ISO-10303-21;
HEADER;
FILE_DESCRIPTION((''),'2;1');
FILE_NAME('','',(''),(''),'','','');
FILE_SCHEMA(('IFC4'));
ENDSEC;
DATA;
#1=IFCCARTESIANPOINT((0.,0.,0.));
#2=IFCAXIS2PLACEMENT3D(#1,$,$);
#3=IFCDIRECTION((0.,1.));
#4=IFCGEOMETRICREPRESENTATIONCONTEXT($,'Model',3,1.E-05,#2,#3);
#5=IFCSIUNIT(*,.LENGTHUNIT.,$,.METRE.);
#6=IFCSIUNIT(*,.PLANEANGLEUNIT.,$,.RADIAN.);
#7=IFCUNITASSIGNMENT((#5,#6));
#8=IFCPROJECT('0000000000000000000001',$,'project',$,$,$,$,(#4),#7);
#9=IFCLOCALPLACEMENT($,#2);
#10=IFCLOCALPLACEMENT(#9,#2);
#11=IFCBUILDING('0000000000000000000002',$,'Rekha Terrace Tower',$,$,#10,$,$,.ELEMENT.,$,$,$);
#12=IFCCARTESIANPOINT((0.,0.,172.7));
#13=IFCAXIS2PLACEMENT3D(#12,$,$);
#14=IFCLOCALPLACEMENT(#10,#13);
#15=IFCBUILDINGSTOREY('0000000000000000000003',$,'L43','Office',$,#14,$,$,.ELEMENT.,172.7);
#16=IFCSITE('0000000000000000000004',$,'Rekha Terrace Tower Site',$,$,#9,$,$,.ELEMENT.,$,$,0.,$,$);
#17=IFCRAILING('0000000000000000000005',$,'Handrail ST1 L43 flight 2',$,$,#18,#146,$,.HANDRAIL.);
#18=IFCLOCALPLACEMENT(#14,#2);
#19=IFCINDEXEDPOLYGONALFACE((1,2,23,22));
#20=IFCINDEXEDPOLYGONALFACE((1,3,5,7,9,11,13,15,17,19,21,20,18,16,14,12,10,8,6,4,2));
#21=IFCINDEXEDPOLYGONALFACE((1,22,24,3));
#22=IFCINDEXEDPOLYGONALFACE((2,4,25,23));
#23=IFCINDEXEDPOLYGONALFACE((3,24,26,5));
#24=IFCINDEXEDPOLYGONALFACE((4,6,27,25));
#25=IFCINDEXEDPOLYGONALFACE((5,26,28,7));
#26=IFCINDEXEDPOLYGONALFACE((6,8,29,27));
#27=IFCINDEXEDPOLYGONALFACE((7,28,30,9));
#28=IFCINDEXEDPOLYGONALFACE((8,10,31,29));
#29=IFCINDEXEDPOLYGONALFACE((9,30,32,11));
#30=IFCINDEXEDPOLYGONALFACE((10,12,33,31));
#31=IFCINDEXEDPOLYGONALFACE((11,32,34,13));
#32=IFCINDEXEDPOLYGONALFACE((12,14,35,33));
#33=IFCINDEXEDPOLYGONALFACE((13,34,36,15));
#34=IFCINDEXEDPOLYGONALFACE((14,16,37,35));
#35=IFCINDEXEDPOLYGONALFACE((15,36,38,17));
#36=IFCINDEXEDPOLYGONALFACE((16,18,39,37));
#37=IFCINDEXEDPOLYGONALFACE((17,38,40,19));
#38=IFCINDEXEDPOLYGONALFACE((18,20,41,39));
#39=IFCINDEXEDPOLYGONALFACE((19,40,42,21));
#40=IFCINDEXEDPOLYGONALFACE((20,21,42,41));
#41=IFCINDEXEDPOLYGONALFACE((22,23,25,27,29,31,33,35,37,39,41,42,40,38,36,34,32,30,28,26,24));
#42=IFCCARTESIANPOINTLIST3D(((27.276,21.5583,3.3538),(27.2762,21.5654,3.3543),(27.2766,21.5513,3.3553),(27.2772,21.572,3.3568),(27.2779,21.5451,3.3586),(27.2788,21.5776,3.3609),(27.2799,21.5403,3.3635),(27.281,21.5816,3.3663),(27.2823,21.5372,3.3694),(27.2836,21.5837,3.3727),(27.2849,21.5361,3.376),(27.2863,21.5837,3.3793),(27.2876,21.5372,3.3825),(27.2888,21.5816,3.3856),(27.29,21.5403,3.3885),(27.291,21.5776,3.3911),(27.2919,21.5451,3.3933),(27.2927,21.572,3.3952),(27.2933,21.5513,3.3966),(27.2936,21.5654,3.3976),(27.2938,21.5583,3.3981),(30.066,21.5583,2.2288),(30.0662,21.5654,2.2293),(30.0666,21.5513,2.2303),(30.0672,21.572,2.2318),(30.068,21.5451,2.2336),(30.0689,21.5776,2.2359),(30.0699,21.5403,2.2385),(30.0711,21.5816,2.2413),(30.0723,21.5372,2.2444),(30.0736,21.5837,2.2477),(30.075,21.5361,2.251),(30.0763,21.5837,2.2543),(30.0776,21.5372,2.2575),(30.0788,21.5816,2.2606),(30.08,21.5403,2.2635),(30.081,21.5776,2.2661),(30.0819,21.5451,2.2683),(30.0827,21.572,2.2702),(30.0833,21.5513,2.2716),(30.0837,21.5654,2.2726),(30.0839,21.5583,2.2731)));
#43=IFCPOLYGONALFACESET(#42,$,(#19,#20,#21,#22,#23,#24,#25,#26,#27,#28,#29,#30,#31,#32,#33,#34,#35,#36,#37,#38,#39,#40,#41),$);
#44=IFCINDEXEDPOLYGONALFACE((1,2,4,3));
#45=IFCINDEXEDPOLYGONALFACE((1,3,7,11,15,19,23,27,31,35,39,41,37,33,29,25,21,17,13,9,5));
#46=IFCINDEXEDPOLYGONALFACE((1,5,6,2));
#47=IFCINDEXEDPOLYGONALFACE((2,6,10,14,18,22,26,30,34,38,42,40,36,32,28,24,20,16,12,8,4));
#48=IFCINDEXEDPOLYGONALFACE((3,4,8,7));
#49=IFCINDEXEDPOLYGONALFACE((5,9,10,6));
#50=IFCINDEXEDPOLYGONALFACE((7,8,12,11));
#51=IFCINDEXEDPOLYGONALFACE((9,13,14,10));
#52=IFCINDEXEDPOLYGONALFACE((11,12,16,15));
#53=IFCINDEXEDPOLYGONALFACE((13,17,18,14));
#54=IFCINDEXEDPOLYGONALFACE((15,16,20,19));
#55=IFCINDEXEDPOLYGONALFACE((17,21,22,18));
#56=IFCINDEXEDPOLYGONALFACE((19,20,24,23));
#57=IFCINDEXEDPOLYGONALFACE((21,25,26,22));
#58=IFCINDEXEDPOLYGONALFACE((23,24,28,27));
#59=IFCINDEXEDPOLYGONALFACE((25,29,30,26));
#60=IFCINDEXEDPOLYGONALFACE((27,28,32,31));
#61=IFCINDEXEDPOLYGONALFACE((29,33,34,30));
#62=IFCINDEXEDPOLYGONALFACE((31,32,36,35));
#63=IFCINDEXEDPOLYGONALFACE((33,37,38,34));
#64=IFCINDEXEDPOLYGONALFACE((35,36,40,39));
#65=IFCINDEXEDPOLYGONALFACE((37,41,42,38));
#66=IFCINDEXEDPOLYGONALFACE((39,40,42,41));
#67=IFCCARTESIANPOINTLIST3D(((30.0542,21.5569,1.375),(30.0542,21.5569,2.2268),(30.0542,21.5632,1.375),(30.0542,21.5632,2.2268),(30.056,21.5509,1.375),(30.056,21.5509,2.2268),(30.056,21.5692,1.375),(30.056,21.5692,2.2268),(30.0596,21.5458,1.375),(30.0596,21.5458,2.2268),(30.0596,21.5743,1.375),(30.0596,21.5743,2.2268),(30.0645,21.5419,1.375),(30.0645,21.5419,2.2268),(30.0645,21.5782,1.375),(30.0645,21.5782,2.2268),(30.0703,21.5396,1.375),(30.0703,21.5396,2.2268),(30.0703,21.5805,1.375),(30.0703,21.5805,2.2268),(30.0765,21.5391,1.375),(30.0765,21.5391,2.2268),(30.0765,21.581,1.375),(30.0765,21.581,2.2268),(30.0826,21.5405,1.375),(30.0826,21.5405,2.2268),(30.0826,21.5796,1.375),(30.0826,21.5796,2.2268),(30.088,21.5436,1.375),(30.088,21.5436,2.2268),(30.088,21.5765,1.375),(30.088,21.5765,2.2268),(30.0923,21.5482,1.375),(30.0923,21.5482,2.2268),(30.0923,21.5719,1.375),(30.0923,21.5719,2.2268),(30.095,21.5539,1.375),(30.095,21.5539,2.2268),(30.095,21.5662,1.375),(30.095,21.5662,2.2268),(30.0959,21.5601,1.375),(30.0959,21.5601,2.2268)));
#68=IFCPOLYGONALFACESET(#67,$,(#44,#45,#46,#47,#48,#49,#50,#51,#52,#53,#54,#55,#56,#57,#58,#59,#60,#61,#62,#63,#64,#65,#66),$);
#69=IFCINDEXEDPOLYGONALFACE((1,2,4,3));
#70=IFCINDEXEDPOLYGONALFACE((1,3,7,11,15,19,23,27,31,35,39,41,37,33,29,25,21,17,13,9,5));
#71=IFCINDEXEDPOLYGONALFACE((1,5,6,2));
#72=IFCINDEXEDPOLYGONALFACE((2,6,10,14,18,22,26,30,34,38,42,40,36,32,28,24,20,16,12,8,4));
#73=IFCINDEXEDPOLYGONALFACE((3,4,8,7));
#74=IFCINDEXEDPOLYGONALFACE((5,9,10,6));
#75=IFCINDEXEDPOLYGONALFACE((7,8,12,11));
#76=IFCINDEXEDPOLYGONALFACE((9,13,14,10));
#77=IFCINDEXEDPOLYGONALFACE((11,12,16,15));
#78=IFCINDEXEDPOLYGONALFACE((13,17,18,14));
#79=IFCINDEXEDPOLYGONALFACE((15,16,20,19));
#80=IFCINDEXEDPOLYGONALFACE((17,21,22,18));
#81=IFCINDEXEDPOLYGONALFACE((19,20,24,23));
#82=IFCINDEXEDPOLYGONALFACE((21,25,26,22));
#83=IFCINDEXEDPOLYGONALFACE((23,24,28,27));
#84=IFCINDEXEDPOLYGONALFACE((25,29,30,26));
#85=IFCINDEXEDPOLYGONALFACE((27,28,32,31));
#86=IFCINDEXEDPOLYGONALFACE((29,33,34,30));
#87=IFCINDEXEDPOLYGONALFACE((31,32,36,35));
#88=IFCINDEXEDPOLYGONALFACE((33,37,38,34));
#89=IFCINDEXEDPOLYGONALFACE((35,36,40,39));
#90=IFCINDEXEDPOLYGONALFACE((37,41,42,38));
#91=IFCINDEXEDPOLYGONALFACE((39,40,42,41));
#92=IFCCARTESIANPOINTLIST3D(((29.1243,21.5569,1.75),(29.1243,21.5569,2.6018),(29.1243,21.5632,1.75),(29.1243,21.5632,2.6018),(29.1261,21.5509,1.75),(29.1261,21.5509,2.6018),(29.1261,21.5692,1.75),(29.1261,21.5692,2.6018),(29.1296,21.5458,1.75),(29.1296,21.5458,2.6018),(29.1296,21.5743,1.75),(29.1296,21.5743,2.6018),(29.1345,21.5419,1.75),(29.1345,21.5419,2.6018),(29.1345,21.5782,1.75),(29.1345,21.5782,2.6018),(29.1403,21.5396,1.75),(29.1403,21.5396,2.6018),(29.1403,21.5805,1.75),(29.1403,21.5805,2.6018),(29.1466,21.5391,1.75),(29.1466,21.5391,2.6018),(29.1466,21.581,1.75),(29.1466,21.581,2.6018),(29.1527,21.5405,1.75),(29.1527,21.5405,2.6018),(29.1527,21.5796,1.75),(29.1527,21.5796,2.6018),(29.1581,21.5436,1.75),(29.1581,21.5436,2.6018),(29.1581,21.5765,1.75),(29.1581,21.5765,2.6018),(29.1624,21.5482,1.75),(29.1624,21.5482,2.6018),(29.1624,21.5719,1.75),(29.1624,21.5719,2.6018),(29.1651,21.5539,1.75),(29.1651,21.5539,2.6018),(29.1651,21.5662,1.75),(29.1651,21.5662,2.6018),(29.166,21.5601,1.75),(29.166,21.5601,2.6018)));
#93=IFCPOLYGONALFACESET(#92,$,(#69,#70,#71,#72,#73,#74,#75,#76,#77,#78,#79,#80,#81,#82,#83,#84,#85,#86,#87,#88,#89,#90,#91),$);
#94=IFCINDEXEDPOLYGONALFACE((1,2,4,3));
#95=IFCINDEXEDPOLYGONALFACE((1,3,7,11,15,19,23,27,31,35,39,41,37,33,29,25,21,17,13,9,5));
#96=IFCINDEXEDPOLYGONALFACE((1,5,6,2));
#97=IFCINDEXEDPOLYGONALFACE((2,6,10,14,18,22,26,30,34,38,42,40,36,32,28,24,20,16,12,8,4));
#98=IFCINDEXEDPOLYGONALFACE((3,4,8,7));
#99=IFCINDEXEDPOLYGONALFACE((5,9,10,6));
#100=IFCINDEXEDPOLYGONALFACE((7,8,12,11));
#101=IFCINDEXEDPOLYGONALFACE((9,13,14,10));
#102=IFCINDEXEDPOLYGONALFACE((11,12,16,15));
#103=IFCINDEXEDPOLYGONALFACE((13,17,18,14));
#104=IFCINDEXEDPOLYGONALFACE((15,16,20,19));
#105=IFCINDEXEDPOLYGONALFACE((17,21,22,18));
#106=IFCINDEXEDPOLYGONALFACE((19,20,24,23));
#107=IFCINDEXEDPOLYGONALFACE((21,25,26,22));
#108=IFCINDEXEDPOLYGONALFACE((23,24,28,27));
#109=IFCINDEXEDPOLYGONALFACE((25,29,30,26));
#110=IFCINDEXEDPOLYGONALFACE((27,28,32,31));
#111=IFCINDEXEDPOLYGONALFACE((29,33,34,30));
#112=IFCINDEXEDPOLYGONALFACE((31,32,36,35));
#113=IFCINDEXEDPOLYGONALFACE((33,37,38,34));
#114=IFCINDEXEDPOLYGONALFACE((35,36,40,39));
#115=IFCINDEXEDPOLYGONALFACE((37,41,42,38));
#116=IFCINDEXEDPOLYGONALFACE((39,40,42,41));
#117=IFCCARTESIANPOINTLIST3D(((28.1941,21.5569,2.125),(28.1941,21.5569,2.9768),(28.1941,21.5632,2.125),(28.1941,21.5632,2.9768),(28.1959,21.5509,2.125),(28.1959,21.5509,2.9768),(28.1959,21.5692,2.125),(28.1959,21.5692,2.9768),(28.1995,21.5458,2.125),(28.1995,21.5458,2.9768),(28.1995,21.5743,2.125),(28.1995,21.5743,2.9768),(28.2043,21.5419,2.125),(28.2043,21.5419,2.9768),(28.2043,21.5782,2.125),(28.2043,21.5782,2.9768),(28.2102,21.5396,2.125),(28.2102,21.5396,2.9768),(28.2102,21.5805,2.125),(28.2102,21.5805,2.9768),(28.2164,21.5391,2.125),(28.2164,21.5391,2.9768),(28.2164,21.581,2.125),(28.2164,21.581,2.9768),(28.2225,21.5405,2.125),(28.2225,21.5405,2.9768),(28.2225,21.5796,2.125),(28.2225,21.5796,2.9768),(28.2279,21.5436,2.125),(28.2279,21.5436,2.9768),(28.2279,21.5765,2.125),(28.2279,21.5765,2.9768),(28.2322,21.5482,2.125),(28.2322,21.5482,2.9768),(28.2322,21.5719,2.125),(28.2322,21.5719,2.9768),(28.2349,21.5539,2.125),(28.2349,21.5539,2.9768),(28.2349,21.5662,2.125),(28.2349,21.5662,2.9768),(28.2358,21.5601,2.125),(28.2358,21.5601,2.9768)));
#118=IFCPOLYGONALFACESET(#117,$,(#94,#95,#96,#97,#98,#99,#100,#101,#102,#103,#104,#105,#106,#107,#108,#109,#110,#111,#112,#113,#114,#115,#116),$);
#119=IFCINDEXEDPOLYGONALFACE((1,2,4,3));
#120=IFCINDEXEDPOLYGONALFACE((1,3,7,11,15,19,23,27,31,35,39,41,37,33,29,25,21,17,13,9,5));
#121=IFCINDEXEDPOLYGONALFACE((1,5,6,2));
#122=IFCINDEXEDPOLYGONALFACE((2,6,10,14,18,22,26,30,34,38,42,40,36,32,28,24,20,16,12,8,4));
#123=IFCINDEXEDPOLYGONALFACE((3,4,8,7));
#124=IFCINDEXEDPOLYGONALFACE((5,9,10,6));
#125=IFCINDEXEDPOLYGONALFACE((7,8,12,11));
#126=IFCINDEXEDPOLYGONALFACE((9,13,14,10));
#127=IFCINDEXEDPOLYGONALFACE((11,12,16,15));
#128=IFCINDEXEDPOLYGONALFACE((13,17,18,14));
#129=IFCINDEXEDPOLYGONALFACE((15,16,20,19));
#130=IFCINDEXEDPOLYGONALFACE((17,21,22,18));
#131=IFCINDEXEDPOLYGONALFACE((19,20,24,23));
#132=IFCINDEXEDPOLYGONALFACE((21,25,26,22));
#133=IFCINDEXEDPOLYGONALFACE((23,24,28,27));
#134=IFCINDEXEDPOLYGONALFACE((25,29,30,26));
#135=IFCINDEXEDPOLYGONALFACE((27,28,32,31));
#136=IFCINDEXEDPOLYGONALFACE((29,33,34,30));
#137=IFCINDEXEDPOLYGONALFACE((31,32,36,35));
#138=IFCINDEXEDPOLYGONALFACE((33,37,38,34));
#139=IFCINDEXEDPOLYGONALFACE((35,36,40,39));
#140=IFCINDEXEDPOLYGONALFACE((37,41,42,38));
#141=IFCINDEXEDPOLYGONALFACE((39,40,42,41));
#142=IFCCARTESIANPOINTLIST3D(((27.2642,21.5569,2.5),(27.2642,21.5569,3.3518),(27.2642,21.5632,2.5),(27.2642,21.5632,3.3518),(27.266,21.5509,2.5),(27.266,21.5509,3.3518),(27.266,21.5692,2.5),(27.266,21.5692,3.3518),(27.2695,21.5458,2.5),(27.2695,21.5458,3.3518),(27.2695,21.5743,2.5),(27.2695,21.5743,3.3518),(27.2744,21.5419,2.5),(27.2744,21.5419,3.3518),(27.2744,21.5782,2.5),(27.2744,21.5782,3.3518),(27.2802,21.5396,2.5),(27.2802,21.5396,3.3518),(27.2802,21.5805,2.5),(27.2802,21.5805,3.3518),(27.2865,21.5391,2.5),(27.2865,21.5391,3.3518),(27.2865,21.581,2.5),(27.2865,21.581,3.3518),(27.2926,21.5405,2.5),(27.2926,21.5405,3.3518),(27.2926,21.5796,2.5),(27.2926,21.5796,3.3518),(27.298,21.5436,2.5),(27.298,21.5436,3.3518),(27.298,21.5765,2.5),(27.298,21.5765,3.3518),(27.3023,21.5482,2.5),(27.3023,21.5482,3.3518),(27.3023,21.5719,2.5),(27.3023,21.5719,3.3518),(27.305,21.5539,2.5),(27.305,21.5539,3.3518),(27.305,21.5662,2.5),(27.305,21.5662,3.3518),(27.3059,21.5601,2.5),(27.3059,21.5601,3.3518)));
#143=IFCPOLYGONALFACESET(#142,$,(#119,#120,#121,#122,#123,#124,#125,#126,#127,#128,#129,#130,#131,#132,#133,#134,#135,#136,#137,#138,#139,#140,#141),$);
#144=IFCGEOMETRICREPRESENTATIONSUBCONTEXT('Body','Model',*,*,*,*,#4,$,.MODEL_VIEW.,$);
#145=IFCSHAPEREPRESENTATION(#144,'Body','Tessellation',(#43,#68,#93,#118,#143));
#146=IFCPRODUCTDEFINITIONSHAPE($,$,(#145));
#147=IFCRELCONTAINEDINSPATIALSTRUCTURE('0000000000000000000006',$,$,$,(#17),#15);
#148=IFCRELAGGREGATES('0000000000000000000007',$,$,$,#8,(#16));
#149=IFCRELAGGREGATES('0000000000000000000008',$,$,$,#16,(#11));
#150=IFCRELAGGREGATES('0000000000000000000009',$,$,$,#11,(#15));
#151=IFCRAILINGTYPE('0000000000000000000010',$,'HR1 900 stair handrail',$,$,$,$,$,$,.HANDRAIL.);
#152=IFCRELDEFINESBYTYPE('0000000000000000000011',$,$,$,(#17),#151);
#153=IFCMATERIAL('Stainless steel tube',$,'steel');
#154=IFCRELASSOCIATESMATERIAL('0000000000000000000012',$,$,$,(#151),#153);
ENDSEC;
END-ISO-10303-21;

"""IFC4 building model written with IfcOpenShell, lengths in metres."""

from ifc_helpers import new_model, si_unit, direction, frame, origin, origin_2d, place, context, subcontext, project, spatial, circle, extrude, material, type_object, element, save


model = new_model("IFC4")

# Units and contexts
model_context = context("Model", 3, precision=1e-05, world=origin(), true_north=direction((0.0, 1.0)))
body_context = subcontext(model_context, "Body", "Model", "MODEL_VIEW")
ifc_project = project(units=[si_unit("LENGTHUNIT", "METRE"), si_unit("PLANEANGLEUNIT", "RADIAN")], contexts=[model_context])

# Site, building, storey
site_placement = place(None, origin())
site = spatial("IfcSite", under=ifc_project, at=site_placement, Name="Rekha Terrace Tower Site", CompositionType="ELEMENT", RefElevation=0.0)
building_placement = place(site_placement, origin())
building = spatial("IfcBuilding", under=site, at=building_placement, Name="Rekha Terrace Tower", CompositionType="ELEMENT")
storey_placement = place(building_placement, frame((0.0, 0.0, 172.7)))
storey = spatial("IfcBuildingStorey", under=building, at=storey_placement, Name="L43", Description="Office", CompositionType="ELEMENT", Elevation=172.7)

# Railing
ifc_material_1 = material(Name="Stainless steel tube", Category="steel")
railing_type_1 = type_object("IfcRailingType", Name="HR1 900 stair handrail", PredefinedType="HANDRAIL", material=ifc_material_1)
railing_1_placement = place(storey_placement, frame((30.075, 21.5601, 1.375)))
element("IfcRailing", 1, at=railing_1_placement, inside=storey, type_object=railing_type_1, Name="Handrail ST1 L43 flight 2", PredefinedType="HANDRAIL", context=body_context, shape_type="SweptSolid", body=[
    extrude(circle(Radius=0.0239, at=origin_2d()), frame((0.0, 0.0, 0.876), z_axis=(-0.927443, 0.0, 0.373964), x_axis=(0.0, -1.0, 0.0)), (0.0, 0.0, 1.0), 3.0083),
    extrude(circle(Radius=0.021, at=origin_2d()), origin(), (0.0, 0.0, 1.0), 0.8518),
    extrude(circle(Radius=0.021, at=origin_2d()), frame((-0.9299, 0.0, 0.375)), (0.0, 0.0, 1.0), 0.8518),
    extrude(circle(Radius=0.021, at=origin_2d()), frame((-1.8601, 0.0, 0.75)), (0.0, 0.0, 1.0), 0.8518),
    extrude(circle(Radius=0.021, at=origin_2d()), frame((-2.79, 0.0, 1.125)), (0.0, 0.0, 1.0), 0.8518),
])

save(model, "model.ifc")
